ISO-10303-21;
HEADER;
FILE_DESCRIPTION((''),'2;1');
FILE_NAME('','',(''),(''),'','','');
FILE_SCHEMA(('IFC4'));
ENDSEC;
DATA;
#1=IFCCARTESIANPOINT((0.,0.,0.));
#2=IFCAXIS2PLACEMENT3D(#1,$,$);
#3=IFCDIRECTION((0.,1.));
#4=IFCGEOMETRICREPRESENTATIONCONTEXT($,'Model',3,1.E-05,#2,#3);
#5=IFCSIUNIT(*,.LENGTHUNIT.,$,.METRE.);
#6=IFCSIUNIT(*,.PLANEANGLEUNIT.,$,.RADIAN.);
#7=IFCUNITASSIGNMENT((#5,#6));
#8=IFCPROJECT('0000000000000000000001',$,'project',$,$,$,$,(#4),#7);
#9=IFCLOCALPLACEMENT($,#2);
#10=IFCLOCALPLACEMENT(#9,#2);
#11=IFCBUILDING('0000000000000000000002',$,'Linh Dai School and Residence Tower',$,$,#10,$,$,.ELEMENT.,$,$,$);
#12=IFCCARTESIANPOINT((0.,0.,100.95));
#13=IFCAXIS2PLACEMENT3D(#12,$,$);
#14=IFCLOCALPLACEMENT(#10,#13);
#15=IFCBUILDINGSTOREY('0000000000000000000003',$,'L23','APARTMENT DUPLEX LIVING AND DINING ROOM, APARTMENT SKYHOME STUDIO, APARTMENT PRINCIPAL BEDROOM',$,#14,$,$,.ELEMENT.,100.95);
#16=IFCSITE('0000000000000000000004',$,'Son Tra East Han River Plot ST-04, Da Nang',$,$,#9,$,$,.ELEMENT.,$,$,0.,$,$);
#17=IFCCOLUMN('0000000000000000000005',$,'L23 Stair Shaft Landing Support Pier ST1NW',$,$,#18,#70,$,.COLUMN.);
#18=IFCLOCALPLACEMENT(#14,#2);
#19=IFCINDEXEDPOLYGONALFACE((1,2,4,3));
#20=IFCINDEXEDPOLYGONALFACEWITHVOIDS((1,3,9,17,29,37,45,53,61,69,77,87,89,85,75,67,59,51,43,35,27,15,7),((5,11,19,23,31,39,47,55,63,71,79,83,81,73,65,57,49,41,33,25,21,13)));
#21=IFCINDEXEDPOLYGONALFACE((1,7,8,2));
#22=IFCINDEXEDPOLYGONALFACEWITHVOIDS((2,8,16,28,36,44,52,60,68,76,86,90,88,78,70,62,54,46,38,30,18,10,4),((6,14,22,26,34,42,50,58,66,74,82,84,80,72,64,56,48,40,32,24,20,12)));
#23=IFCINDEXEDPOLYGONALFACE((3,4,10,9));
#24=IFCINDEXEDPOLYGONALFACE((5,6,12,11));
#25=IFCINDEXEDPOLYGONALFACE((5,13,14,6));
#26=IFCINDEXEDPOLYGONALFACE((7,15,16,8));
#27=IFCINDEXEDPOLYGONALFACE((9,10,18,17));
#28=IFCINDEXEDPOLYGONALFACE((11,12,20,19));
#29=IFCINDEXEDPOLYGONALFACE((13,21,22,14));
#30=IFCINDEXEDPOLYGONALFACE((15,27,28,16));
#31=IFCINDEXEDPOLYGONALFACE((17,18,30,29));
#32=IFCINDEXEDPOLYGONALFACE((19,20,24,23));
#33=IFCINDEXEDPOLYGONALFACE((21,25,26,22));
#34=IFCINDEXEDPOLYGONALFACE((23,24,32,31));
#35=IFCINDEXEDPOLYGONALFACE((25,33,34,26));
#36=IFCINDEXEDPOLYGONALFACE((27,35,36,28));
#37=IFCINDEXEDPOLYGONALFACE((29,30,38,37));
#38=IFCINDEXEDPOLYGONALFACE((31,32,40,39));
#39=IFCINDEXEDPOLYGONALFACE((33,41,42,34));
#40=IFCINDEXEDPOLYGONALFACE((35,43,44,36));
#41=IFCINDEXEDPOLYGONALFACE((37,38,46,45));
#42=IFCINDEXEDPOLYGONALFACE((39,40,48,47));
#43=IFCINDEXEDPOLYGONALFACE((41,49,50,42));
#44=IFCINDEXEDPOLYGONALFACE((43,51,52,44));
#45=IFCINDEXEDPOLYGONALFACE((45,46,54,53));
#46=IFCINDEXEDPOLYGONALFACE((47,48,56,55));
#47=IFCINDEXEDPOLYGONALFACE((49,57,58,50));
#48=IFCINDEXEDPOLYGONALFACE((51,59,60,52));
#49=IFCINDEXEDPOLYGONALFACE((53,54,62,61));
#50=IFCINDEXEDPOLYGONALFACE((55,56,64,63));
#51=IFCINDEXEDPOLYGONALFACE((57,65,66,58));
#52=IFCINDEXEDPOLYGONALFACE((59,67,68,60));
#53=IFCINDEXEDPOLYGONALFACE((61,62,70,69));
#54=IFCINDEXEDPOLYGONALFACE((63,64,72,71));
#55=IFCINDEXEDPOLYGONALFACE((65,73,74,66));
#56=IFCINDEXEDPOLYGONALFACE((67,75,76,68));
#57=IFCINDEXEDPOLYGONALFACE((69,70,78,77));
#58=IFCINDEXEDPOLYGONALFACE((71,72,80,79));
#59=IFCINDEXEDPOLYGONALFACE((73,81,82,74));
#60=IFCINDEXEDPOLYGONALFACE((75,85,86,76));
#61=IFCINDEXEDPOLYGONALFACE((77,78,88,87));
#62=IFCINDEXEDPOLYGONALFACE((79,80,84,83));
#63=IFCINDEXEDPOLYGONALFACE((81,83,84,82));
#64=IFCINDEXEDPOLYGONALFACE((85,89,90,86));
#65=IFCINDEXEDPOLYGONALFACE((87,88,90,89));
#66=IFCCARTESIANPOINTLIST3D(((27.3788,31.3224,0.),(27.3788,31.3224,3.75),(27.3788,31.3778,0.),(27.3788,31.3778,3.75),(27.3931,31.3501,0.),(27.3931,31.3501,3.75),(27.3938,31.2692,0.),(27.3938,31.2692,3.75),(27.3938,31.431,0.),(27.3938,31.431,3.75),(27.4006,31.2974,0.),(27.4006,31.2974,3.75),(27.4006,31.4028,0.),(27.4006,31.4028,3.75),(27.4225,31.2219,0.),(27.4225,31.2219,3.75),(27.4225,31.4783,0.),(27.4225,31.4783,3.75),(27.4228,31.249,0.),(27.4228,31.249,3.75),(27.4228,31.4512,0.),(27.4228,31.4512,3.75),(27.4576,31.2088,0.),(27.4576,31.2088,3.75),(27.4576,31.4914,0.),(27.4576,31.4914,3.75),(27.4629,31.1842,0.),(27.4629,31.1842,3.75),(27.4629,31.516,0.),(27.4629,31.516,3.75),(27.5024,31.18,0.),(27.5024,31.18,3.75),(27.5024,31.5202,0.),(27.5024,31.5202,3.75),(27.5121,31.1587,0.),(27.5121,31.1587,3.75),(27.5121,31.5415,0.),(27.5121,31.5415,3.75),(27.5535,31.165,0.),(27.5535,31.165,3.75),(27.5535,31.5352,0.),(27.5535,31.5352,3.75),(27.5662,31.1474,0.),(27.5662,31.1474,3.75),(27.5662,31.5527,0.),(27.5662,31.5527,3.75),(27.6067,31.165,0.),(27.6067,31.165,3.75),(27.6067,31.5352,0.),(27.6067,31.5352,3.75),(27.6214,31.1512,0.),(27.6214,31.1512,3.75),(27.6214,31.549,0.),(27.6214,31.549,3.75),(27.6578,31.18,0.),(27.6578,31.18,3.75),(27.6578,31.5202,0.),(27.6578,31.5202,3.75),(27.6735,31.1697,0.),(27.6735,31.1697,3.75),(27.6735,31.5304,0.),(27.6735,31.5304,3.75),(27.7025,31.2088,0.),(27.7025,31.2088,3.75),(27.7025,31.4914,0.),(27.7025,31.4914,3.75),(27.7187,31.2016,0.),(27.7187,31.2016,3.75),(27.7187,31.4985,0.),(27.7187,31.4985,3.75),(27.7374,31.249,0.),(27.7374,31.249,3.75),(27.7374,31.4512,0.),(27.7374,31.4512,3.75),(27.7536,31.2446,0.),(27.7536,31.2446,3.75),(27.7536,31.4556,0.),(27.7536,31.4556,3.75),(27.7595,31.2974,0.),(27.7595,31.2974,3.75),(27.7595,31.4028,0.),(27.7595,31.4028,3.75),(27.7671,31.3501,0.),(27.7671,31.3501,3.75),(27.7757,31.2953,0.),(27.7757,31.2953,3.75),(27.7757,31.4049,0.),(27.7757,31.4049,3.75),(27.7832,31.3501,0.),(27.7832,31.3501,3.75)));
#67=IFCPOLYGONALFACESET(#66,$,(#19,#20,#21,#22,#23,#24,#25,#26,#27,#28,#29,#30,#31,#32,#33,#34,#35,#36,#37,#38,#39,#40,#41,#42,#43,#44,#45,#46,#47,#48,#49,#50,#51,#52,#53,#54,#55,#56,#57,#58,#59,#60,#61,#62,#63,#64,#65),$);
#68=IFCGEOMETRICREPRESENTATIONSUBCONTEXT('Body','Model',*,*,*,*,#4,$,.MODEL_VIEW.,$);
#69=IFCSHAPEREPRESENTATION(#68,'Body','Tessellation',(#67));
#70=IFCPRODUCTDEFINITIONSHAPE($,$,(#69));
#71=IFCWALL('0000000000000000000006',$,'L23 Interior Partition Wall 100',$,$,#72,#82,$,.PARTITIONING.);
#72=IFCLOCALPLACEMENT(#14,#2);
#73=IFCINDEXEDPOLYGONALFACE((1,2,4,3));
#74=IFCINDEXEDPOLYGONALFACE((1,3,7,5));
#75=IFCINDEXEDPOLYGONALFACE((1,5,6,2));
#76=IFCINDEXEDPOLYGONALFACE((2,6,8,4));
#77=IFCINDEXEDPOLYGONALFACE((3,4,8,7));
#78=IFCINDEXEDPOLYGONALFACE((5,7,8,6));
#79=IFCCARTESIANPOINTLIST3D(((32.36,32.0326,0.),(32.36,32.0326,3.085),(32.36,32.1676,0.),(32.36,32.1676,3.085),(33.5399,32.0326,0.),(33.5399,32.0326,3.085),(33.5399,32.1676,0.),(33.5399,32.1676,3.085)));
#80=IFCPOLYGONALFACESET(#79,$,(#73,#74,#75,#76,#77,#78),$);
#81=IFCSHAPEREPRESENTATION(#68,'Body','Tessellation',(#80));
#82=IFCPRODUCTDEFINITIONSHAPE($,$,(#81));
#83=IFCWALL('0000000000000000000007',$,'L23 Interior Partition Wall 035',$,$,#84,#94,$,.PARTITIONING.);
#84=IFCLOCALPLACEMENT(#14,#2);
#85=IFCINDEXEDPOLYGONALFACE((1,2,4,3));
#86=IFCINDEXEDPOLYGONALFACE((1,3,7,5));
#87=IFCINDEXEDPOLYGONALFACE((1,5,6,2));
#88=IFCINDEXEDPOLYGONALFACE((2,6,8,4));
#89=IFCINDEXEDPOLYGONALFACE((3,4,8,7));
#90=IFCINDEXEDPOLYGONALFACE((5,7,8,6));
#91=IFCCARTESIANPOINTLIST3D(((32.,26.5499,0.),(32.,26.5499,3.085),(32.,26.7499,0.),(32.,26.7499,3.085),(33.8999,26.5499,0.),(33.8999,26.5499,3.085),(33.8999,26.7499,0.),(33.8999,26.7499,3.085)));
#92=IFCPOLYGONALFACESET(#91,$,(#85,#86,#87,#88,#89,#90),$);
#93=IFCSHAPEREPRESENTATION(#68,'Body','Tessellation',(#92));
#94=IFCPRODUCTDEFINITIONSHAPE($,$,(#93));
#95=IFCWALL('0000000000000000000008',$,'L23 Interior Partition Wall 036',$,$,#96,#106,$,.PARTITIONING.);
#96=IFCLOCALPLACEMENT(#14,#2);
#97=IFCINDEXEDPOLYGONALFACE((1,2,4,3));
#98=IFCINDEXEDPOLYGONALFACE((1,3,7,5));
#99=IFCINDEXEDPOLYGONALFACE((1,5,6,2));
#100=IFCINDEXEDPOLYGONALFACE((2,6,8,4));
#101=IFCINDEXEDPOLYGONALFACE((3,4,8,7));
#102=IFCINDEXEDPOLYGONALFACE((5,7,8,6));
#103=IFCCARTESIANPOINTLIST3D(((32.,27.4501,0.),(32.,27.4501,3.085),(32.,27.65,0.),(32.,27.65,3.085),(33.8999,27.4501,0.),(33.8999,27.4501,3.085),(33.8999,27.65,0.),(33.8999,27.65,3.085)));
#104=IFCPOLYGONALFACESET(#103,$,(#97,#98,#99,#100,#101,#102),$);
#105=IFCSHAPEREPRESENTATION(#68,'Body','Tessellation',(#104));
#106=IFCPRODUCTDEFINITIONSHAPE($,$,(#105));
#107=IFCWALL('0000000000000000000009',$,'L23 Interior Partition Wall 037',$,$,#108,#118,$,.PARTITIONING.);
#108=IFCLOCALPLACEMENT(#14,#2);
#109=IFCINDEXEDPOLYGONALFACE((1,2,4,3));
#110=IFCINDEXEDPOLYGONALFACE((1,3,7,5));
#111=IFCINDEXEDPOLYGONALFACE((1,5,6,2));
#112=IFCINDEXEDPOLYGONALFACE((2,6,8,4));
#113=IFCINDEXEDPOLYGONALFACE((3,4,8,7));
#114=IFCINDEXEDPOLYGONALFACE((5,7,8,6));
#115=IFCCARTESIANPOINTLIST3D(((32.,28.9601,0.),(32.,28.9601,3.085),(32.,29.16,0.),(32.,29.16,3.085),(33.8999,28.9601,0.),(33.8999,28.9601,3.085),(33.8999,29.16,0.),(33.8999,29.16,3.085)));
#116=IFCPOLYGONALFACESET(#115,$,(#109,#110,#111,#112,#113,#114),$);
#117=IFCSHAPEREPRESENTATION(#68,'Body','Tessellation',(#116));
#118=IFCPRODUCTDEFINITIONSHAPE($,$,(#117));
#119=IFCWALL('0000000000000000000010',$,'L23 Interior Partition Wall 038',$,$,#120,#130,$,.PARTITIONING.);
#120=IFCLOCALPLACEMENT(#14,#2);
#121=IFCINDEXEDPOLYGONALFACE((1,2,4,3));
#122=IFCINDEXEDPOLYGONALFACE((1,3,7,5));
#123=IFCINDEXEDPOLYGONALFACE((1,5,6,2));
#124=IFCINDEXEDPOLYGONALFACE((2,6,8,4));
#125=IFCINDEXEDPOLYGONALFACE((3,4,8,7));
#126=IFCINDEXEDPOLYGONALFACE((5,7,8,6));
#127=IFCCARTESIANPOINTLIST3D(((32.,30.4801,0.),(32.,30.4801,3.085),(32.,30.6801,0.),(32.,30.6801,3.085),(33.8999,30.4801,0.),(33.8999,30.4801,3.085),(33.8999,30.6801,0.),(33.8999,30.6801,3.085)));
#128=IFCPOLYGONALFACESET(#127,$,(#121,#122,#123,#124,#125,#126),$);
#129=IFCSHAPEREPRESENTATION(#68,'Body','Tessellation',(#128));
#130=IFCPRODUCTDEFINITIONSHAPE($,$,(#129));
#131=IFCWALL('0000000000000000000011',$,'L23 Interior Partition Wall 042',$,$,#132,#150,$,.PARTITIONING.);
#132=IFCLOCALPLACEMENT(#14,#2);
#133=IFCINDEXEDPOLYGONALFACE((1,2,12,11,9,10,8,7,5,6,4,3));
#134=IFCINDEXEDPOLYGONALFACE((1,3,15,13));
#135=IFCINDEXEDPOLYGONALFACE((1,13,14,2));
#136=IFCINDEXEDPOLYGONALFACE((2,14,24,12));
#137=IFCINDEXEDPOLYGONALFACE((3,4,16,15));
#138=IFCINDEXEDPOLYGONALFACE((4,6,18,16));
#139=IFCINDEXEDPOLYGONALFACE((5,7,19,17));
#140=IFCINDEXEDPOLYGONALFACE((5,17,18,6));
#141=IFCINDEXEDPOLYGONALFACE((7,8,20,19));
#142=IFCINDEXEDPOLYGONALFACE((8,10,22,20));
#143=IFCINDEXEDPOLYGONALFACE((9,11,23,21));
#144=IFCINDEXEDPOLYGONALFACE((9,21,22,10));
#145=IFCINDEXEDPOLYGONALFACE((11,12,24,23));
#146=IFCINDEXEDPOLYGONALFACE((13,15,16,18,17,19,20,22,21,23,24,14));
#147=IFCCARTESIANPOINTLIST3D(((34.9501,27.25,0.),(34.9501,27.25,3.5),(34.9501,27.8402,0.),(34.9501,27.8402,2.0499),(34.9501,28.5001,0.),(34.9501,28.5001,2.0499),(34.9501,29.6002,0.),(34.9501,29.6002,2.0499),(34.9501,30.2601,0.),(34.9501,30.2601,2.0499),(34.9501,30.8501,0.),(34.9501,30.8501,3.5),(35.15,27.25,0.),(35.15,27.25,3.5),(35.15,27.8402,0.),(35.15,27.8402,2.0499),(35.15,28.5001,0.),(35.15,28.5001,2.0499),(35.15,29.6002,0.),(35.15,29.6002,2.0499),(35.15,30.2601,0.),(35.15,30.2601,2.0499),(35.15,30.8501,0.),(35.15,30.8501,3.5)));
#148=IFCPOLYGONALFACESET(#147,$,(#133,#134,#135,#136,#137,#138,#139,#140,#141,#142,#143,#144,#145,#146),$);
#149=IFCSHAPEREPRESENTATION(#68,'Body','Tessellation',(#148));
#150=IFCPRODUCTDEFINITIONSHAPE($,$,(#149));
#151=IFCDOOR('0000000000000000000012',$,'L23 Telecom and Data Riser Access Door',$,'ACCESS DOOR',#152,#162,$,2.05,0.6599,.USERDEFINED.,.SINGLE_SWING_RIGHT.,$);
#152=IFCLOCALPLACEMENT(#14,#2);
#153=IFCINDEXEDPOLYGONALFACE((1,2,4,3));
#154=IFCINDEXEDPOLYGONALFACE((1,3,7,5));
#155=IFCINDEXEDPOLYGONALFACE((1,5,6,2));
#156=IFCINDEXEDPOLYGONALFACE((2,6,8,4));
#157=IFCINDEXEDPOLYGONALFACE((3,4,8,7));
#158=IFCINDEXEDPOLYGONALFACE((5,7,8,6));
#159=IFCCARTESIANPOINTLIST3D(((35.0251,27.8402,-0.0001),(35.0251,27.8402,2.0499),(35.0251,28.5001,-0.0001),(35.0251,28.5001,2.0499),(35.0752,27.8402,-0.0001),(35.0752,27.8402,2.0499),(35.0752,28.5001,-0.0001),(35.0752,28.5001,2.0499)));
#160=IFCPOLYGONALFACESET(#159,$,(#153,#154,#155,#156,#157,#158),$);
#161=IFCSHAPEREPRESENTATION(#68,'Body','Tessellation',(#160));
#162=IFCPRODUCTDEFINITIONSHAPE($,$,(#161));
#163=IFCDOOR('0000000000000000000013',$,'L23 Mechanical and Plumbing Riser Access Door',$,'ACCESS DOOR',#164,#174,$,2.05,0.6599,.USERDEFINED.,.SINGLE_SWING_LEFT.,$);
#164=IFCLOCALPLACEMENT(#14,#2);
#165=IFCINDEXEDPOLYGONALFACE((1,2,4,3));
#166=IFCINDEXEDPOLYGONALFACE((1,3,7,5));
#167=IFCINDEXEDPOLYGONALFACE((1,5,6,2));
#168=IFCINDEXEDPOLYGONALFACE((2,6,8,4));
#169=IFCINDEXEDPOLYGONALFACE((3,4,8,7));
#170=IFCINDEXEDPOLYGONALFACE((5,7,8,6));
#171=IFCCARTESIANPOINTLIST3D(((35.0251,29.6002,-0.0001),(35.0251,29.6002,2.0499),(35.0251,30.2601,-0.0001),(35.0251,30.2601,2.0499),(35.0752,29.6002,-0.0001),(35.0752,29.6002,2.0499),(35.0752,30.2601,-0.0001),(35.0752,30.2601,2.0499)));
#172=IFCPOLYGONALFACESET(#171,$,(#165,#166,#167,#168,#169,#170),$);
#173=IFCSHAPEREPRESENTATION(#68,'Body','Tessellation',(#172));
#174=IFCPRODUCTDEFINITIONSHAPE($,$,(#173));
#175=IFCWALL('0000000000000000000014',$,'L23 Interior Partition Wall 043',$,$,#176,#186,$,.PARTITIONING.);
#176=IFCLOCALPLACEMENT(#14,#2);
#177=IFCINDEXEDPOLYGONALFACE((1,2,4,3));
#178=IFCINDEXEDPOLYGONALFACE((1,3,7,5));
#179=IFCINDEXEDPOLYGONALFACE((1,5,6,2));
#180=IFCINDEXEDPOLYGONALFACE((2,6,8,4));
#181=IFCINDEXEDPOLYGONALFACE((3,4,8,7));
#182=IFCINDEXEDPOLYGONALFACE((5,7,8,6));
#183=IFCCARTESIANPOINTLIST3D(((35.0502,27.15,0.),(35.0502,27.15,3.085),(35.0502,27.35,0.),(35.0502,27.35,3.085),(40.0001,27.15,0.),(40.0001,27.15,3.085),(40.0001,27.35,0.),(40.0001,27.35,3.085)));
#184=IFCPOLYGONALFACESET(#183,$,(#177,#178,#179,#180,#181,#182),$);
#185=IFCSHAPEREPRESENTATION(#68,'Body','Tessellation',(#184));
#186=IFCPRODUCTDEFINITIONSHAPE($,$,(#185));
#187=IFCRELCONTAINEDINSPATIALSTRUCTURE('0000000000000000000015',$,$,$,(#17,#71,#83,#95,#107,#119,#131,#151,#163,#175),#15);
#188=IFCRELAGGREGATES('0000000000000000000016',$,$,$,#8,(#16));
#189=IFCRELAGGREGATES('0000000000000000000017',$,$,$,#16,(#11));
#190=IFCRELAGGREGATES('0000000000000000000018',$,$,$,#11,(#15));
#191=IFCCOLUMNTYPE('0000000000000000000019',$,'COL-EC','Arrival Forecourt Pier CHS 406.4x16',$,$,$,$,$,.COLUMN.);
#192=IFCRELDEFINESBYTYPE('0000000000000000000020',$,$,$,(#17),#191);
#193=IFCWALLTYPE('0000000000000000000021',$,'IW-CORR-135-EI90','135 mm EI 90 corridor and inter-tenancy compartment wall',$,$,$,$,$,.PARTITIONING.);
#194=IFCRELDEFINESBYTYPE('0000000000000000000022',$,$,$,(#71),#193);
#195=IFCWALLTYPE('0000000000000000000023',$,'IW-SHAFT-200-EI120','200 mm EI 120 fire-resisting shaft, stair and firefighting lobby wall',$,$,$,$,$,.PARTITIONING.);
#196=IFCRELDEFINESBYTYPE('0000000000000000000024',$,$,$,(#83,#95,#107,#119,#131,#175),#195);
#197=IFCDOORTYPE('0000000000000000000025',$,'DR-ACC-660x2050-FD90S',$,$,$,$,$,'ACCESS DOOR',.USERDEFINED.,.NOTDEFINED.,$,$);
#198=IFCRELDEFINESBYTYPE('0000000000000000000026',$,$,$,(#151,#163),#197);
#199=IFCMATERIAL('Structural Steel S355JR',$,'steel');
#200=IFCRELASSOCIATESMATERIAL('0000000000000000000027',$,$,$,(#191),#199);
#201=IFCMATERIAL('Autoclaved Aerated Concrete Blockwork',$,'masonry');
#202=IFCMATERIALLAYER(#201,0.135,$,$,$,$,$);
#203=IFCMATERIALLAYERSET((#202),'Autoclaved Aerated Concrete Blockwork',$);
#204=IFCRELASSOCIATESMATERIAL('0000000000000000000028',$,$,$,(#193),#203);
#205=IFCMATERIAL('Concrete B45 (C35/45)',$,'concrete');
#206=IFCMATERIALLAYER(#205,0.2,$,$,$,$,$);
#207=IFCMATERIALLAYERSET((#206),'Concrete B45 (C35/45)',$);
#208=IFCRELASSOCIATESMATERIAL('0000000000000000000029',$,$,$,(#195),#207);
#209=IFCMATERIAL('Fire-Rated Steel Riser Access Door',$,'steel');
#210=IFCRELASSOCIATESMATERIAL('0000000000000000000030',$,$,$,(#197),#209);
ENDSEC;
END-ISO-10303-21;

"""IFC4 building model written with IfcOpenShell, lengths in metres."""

from ifc_helpers import new_model, si_unit, direction, frame, frame_2d, origin, origin_2d, place, context, subcontext, project, spatial, rectangle, hollow_circle, extrude, source, transform, mapped, material, layer, layer_set, material_profile, profile_set, type_object, element, fill, save


model = new_model("IFC4")

# Units and contexts
model_context = context("Model", 3, precision=1e-05, world=origin(), true_north=direction((0.0, 1.0)))
body_context = subcontext(model_context, "Body", "Model", "MODEL_VIEW")
ifc_project = project(units=[si_unit("LENGTHUNIT", "METRE"), si_unit("PLANEANGLEUNIT", "RADIAN")], contexts=[model_context])

# Site, building, storey
site_placement = place(None, origin())
site = spatial("IfcSite", under=ifc_project, at=site_placement, Name="Son Tra East Han River Plot ST-04, Da Nang", CompositionType="ELEMENT", RefElevation=0.0)
building_placement = place(site_placement, origin())
building = spatial("IfcBuilding", under=site, at=building_placement, Name="Linh Dai School and Residence Tower", CompositionType="ELEMENT")
storey_placement = place(building_placement, frame((0.0, 0.0, 100.95)))
storey = spatial("IfcBuildingStorey", under=building, at=storey_placement, Name="L23", Description="APARTMENT DUPLEX LIVING AND DINING ROOM, APARTMENT SKYHOME STUDIO, APARTMENT PRINCIPAL BEDROOM", CompositionType="ELEMENT", Elevation=100.95)

# Column
ifc_material_1 = material(Name="Structural Steel S355JR", Category="steel")
ifc_material_profile = material_profile(ifc_material_1, hollow_circle(Radius=0.2031, WallThickness=0.0161, at=origin_2d()), Name="CHS 406.4x16")
ifc_profile_set = profile_set([ifc_material_profile], Name="Structural Steel S355JR")
column_type = type_object("IfcColumnType", Name="COL-EC", Description="Arrival Forecourt Pier CHS 406.4x16", PredefinedType="COLUMN", material=ifc_profile_set)
column_placement = place(storey_placement, frame((27.5801, 31.3501, 0.0), z_axis=(0.0, 0.0, 1.0), x_axis=(1.0, 0.0, 0.0)))
element("IfcColumn", 1, at=column_placement, inside=storey, type_object=column_type, Name="L23 Stair Shaft Landing Support Pier ST1NW", PredefinedType="COLUMN", context=body_context, shape_type="SweptSolid", body=[
    extrude(hollow_circle(Radius=0.2031, WallThickness=0.0161, at=origin_2d()), origin(), (0.0, 0.0, 1.0), 3.75),
])

# Walls
ifc_material_2 = material(Name="Autoclaved Aerated Concrete Blockwork", Category="masonry")
ifc_layer_1 = layer(ifc_material_2, 0.135)
ifc_layer_set_1 = layer_set([ifc_layer_1], Name="Autoclaved Aerated Concrete Blockwork")
wall_type_1 = type_object("IfcWallType", Name="IW-CORR-135-EI90", Description="135 mm EI 90 corridor and inter-tenancy compartment wall", PredefinedType="PARTITIONING", material=ifc_layer_set_1)
wall_1_placement = place(storey_placement, frame((32.3601, 32.1001, 0.0), z_axis=(0.0, 0.0, 1.0), x_axis=(1.0, 0.0, 0.0)))
element("IfcWall", 2, at=wall_1_placement, inside=storey, type_object=wall_type_1, Name="L23 Interior Partition Wall 100", PredefinedType="PARTITIONING", context=body_context, shape_type="SweptSolid", body=[
    extrude(rectangle(XDim=1.1799, YDim=0.135, at=frame_2d((0.5898, 0.0))), origin(), (0.0, 0.0, 1.0), 3.085),
])
ifc_material_3 = material(Name="Concrete B45 (C35/45)", Category="concrete")
ifc_layer_2 = layer(ifc_material_3, 0.2)
ifc_layer_set_2 = layer_set([ifc_layer_2], Name="Concrete B45 (C35/45)")
wall_type_2 = type_object("IfcWallType", Name="IW-SHAFT-200-EI120", Description="200 mm EI 120 fire-resisting shaft, stair and firefighting lobby wall", PredefinedType="PARTITIONING", material=ifc_layer_set_2)
for number, where, z_axis, x_axis, name in (
    (3, (32.0, 26.6499, 0.0), (0.0, 0.0, 1.0), (1.0, 0.0, 0.0), "L23 Interior Partition Wall 035"),
    (4, (32.0, 27.55, 0.0), (0.0, 0.0, 1.0), (1.0, 0.0, 0.0), "L23 Interior Partition Wall 036"),
    (5, (32.0, 29.0601, 0.0), (0.0, 0.0, 1.0), (1.0, 0.0, 0.0), "L23 Interior Partition Wall 037"),
    (6, (32.0, 30.5801, 0.0), (0.0, 0.0, 1.0), (1.0, 0.0, 0.0), "L23 Interior Partition Wall 038"),
):
    element("IfcWall", number, at=place(storey_placement, frame(where, z_axis=z_axis, x_axis=x_axis)), inside=storey, type_object=wall_type_2, Name=name, PredefinedType="PARTITIONING", context=body_context, shape_type="SweptSolid", body=[
        extrude(rectangle(XDim=1.8999, YDim=0.2, at=frame_2d((0.95, 0.0))), origin(), (0.0, 0.0, 1.0), 3.085),
    ])

# Wall, openings, doors
wall_2_placement = place(storey_placement, frame((35.05, 27.25, 0.0), z_axis=(0.0, 0.0, 1.0), x_axis=(0.0, 1.0, 0.0)))
wall_2 = element("IfcWall", 7, at=wall_2_placement, inside=storey, type_object=wall_type_2, Name="L23 Interior Partition Wall 042", PredefinedType="PARTITIONING", context=body_context, shape_type="SweptSolid", body=[
    extrude(rectangle(XDim=3.6001, YDim=0.2, at=frame_2d((1.8, 0.0))), origin(), (0.0, 0.0, 1.0), 3.5),
])
opening_1_placement = place(wall_2_placement, frame((0.5901, 0.0, 0.0)))
opening_1 = element("IfcOpeningElement", 8, at=opening_1_placement, cuts=wall_2, PredefinedType="OPENING", context=body_context, shape_type="SweptSolid", body=[
    extrude(rectangle(XDim=0.6599, YDim=2.05, at=origin_2d()), frame((0.3301, 0.1099, 1.0249), z_axis=(0.0, -1.0, 0.0), x_axis=(1.0, 0.0, 0.0)), (0.0, 0.0, 1.0), 0.22),
])
opening_2_placement = place(wall_2_placement, frame((2.3501, 0.0, 0.0)))
opening_2 = element("IfcOpeningElement", 9, at=opening_2_placement, cuts=wall_2, PredefinedType="OPENING", context=body_context, shape_type="SweptSolid", body=[
    extrude(rectangle(XDim=0.6599, YDim=2.05, at=origin_2d()), frame((0.3301, 0.1099, 1.0249), z_axis=(0.0, -1.0, 0.0), x_axis=(1.0, 0.0, 0.0)), (0.0, 0.0, 1.0), 0.22),
])
ifc_material_4 = material(Name="Fire-Rated Steel Riser Access Door", Category="steel")
door_type = type_object("IfcDoorType", Name="DR-ACC-660x2050-FD90S", ElementType="ACCESS DOOR", OperationType="NOTDEFINED", PredefinedType="USERDEFINED", material=ifc_material_4)
shared_shape_1 = source(origin(), body_context, "Body", "SweptSolid", [
    extrude(rectangle(XDim=0.6599, YDim=2.05, at=origin_2d()), frame((0.3301, 0.0249, 1.0249), z_axis=(0.0, -1.0, 0.0), x_axis=(1.0, 0.0, 0.0)), (0.0, 0.0, 1.0), 0.05),
])
door_1_placement = place(opening_1_placement, origin())
door_1 = element("IfcDoor", 10, at=door_1_placement, inside=storey, type_object=door_type, Name="L23 Telecom and Data Riser Access Door", ObjectType="ACCESS DOOR", OperationType="SINGLE_SWING_RIGHT", OverallHeight=2.05, OverallWidth=0.6599, PredefinedType="USERDEFINED", context=body_context, shape_type="MappedRepresentation", body=[
    mapped(shared_shape_1, transform((0.0, 0.0, 0.0), x_axis=(1.0, 0.0, 0.0), y_axis=(0.0, 1.0, 0.0), z_axis=(0.0, 0.0, 1.0), scale=1.0)),
])
fill(opening_1, door_1)
door_2_placement = place(opening_2_placement, origin())
door_2 = element("IfcDoor", 11, at=door_2_placement, inside=storey, type_object=door_type, Name="L23 Mechanical and Plumbing Riser Access Door", ObjectType="ACCESS DOOR", OperationType="SINGLE_SWING_LEFT", OverallHeight=2.05, OverallWidth=0.6599, PredefinedType="USERDEFINED", context=body_context, shape_type="MappedRepresentation", body=[
    mapped(shared_shape_1, transform((0.0, 0.0, 0.0), x_axis=(1.0, 0.0, 0.0), y_axis=(0.0, 1.0, 0.0), z_axis=(0.0, 0.0, 1.0), scale=1.0)),
])
fill(opening_2, door_2)

# Wall
wall_3_placement = place(storey_placement, frame((35.05, 27.25, 0.0), z_axis=(0.0, 0.0, 1.0), x_axis=(1.0, 0.0, 0.0)))
element("IfcWall", 12, at=wall_3_placement, inside=storey, type_object=wall_type_2, Name="L23 Interior Partition Wall 043", PredefinedType="PARTITIONING", context=body_context, shape_type="SweptSolid", body=[
    extrude(rectangle(XDim=4.95, YDim=0.2, at=frame_2d((2.4751, 0.0))), origin(), (0.0, 0.0, 1.0), 3.085),
])

save(model, "model.ifc")
